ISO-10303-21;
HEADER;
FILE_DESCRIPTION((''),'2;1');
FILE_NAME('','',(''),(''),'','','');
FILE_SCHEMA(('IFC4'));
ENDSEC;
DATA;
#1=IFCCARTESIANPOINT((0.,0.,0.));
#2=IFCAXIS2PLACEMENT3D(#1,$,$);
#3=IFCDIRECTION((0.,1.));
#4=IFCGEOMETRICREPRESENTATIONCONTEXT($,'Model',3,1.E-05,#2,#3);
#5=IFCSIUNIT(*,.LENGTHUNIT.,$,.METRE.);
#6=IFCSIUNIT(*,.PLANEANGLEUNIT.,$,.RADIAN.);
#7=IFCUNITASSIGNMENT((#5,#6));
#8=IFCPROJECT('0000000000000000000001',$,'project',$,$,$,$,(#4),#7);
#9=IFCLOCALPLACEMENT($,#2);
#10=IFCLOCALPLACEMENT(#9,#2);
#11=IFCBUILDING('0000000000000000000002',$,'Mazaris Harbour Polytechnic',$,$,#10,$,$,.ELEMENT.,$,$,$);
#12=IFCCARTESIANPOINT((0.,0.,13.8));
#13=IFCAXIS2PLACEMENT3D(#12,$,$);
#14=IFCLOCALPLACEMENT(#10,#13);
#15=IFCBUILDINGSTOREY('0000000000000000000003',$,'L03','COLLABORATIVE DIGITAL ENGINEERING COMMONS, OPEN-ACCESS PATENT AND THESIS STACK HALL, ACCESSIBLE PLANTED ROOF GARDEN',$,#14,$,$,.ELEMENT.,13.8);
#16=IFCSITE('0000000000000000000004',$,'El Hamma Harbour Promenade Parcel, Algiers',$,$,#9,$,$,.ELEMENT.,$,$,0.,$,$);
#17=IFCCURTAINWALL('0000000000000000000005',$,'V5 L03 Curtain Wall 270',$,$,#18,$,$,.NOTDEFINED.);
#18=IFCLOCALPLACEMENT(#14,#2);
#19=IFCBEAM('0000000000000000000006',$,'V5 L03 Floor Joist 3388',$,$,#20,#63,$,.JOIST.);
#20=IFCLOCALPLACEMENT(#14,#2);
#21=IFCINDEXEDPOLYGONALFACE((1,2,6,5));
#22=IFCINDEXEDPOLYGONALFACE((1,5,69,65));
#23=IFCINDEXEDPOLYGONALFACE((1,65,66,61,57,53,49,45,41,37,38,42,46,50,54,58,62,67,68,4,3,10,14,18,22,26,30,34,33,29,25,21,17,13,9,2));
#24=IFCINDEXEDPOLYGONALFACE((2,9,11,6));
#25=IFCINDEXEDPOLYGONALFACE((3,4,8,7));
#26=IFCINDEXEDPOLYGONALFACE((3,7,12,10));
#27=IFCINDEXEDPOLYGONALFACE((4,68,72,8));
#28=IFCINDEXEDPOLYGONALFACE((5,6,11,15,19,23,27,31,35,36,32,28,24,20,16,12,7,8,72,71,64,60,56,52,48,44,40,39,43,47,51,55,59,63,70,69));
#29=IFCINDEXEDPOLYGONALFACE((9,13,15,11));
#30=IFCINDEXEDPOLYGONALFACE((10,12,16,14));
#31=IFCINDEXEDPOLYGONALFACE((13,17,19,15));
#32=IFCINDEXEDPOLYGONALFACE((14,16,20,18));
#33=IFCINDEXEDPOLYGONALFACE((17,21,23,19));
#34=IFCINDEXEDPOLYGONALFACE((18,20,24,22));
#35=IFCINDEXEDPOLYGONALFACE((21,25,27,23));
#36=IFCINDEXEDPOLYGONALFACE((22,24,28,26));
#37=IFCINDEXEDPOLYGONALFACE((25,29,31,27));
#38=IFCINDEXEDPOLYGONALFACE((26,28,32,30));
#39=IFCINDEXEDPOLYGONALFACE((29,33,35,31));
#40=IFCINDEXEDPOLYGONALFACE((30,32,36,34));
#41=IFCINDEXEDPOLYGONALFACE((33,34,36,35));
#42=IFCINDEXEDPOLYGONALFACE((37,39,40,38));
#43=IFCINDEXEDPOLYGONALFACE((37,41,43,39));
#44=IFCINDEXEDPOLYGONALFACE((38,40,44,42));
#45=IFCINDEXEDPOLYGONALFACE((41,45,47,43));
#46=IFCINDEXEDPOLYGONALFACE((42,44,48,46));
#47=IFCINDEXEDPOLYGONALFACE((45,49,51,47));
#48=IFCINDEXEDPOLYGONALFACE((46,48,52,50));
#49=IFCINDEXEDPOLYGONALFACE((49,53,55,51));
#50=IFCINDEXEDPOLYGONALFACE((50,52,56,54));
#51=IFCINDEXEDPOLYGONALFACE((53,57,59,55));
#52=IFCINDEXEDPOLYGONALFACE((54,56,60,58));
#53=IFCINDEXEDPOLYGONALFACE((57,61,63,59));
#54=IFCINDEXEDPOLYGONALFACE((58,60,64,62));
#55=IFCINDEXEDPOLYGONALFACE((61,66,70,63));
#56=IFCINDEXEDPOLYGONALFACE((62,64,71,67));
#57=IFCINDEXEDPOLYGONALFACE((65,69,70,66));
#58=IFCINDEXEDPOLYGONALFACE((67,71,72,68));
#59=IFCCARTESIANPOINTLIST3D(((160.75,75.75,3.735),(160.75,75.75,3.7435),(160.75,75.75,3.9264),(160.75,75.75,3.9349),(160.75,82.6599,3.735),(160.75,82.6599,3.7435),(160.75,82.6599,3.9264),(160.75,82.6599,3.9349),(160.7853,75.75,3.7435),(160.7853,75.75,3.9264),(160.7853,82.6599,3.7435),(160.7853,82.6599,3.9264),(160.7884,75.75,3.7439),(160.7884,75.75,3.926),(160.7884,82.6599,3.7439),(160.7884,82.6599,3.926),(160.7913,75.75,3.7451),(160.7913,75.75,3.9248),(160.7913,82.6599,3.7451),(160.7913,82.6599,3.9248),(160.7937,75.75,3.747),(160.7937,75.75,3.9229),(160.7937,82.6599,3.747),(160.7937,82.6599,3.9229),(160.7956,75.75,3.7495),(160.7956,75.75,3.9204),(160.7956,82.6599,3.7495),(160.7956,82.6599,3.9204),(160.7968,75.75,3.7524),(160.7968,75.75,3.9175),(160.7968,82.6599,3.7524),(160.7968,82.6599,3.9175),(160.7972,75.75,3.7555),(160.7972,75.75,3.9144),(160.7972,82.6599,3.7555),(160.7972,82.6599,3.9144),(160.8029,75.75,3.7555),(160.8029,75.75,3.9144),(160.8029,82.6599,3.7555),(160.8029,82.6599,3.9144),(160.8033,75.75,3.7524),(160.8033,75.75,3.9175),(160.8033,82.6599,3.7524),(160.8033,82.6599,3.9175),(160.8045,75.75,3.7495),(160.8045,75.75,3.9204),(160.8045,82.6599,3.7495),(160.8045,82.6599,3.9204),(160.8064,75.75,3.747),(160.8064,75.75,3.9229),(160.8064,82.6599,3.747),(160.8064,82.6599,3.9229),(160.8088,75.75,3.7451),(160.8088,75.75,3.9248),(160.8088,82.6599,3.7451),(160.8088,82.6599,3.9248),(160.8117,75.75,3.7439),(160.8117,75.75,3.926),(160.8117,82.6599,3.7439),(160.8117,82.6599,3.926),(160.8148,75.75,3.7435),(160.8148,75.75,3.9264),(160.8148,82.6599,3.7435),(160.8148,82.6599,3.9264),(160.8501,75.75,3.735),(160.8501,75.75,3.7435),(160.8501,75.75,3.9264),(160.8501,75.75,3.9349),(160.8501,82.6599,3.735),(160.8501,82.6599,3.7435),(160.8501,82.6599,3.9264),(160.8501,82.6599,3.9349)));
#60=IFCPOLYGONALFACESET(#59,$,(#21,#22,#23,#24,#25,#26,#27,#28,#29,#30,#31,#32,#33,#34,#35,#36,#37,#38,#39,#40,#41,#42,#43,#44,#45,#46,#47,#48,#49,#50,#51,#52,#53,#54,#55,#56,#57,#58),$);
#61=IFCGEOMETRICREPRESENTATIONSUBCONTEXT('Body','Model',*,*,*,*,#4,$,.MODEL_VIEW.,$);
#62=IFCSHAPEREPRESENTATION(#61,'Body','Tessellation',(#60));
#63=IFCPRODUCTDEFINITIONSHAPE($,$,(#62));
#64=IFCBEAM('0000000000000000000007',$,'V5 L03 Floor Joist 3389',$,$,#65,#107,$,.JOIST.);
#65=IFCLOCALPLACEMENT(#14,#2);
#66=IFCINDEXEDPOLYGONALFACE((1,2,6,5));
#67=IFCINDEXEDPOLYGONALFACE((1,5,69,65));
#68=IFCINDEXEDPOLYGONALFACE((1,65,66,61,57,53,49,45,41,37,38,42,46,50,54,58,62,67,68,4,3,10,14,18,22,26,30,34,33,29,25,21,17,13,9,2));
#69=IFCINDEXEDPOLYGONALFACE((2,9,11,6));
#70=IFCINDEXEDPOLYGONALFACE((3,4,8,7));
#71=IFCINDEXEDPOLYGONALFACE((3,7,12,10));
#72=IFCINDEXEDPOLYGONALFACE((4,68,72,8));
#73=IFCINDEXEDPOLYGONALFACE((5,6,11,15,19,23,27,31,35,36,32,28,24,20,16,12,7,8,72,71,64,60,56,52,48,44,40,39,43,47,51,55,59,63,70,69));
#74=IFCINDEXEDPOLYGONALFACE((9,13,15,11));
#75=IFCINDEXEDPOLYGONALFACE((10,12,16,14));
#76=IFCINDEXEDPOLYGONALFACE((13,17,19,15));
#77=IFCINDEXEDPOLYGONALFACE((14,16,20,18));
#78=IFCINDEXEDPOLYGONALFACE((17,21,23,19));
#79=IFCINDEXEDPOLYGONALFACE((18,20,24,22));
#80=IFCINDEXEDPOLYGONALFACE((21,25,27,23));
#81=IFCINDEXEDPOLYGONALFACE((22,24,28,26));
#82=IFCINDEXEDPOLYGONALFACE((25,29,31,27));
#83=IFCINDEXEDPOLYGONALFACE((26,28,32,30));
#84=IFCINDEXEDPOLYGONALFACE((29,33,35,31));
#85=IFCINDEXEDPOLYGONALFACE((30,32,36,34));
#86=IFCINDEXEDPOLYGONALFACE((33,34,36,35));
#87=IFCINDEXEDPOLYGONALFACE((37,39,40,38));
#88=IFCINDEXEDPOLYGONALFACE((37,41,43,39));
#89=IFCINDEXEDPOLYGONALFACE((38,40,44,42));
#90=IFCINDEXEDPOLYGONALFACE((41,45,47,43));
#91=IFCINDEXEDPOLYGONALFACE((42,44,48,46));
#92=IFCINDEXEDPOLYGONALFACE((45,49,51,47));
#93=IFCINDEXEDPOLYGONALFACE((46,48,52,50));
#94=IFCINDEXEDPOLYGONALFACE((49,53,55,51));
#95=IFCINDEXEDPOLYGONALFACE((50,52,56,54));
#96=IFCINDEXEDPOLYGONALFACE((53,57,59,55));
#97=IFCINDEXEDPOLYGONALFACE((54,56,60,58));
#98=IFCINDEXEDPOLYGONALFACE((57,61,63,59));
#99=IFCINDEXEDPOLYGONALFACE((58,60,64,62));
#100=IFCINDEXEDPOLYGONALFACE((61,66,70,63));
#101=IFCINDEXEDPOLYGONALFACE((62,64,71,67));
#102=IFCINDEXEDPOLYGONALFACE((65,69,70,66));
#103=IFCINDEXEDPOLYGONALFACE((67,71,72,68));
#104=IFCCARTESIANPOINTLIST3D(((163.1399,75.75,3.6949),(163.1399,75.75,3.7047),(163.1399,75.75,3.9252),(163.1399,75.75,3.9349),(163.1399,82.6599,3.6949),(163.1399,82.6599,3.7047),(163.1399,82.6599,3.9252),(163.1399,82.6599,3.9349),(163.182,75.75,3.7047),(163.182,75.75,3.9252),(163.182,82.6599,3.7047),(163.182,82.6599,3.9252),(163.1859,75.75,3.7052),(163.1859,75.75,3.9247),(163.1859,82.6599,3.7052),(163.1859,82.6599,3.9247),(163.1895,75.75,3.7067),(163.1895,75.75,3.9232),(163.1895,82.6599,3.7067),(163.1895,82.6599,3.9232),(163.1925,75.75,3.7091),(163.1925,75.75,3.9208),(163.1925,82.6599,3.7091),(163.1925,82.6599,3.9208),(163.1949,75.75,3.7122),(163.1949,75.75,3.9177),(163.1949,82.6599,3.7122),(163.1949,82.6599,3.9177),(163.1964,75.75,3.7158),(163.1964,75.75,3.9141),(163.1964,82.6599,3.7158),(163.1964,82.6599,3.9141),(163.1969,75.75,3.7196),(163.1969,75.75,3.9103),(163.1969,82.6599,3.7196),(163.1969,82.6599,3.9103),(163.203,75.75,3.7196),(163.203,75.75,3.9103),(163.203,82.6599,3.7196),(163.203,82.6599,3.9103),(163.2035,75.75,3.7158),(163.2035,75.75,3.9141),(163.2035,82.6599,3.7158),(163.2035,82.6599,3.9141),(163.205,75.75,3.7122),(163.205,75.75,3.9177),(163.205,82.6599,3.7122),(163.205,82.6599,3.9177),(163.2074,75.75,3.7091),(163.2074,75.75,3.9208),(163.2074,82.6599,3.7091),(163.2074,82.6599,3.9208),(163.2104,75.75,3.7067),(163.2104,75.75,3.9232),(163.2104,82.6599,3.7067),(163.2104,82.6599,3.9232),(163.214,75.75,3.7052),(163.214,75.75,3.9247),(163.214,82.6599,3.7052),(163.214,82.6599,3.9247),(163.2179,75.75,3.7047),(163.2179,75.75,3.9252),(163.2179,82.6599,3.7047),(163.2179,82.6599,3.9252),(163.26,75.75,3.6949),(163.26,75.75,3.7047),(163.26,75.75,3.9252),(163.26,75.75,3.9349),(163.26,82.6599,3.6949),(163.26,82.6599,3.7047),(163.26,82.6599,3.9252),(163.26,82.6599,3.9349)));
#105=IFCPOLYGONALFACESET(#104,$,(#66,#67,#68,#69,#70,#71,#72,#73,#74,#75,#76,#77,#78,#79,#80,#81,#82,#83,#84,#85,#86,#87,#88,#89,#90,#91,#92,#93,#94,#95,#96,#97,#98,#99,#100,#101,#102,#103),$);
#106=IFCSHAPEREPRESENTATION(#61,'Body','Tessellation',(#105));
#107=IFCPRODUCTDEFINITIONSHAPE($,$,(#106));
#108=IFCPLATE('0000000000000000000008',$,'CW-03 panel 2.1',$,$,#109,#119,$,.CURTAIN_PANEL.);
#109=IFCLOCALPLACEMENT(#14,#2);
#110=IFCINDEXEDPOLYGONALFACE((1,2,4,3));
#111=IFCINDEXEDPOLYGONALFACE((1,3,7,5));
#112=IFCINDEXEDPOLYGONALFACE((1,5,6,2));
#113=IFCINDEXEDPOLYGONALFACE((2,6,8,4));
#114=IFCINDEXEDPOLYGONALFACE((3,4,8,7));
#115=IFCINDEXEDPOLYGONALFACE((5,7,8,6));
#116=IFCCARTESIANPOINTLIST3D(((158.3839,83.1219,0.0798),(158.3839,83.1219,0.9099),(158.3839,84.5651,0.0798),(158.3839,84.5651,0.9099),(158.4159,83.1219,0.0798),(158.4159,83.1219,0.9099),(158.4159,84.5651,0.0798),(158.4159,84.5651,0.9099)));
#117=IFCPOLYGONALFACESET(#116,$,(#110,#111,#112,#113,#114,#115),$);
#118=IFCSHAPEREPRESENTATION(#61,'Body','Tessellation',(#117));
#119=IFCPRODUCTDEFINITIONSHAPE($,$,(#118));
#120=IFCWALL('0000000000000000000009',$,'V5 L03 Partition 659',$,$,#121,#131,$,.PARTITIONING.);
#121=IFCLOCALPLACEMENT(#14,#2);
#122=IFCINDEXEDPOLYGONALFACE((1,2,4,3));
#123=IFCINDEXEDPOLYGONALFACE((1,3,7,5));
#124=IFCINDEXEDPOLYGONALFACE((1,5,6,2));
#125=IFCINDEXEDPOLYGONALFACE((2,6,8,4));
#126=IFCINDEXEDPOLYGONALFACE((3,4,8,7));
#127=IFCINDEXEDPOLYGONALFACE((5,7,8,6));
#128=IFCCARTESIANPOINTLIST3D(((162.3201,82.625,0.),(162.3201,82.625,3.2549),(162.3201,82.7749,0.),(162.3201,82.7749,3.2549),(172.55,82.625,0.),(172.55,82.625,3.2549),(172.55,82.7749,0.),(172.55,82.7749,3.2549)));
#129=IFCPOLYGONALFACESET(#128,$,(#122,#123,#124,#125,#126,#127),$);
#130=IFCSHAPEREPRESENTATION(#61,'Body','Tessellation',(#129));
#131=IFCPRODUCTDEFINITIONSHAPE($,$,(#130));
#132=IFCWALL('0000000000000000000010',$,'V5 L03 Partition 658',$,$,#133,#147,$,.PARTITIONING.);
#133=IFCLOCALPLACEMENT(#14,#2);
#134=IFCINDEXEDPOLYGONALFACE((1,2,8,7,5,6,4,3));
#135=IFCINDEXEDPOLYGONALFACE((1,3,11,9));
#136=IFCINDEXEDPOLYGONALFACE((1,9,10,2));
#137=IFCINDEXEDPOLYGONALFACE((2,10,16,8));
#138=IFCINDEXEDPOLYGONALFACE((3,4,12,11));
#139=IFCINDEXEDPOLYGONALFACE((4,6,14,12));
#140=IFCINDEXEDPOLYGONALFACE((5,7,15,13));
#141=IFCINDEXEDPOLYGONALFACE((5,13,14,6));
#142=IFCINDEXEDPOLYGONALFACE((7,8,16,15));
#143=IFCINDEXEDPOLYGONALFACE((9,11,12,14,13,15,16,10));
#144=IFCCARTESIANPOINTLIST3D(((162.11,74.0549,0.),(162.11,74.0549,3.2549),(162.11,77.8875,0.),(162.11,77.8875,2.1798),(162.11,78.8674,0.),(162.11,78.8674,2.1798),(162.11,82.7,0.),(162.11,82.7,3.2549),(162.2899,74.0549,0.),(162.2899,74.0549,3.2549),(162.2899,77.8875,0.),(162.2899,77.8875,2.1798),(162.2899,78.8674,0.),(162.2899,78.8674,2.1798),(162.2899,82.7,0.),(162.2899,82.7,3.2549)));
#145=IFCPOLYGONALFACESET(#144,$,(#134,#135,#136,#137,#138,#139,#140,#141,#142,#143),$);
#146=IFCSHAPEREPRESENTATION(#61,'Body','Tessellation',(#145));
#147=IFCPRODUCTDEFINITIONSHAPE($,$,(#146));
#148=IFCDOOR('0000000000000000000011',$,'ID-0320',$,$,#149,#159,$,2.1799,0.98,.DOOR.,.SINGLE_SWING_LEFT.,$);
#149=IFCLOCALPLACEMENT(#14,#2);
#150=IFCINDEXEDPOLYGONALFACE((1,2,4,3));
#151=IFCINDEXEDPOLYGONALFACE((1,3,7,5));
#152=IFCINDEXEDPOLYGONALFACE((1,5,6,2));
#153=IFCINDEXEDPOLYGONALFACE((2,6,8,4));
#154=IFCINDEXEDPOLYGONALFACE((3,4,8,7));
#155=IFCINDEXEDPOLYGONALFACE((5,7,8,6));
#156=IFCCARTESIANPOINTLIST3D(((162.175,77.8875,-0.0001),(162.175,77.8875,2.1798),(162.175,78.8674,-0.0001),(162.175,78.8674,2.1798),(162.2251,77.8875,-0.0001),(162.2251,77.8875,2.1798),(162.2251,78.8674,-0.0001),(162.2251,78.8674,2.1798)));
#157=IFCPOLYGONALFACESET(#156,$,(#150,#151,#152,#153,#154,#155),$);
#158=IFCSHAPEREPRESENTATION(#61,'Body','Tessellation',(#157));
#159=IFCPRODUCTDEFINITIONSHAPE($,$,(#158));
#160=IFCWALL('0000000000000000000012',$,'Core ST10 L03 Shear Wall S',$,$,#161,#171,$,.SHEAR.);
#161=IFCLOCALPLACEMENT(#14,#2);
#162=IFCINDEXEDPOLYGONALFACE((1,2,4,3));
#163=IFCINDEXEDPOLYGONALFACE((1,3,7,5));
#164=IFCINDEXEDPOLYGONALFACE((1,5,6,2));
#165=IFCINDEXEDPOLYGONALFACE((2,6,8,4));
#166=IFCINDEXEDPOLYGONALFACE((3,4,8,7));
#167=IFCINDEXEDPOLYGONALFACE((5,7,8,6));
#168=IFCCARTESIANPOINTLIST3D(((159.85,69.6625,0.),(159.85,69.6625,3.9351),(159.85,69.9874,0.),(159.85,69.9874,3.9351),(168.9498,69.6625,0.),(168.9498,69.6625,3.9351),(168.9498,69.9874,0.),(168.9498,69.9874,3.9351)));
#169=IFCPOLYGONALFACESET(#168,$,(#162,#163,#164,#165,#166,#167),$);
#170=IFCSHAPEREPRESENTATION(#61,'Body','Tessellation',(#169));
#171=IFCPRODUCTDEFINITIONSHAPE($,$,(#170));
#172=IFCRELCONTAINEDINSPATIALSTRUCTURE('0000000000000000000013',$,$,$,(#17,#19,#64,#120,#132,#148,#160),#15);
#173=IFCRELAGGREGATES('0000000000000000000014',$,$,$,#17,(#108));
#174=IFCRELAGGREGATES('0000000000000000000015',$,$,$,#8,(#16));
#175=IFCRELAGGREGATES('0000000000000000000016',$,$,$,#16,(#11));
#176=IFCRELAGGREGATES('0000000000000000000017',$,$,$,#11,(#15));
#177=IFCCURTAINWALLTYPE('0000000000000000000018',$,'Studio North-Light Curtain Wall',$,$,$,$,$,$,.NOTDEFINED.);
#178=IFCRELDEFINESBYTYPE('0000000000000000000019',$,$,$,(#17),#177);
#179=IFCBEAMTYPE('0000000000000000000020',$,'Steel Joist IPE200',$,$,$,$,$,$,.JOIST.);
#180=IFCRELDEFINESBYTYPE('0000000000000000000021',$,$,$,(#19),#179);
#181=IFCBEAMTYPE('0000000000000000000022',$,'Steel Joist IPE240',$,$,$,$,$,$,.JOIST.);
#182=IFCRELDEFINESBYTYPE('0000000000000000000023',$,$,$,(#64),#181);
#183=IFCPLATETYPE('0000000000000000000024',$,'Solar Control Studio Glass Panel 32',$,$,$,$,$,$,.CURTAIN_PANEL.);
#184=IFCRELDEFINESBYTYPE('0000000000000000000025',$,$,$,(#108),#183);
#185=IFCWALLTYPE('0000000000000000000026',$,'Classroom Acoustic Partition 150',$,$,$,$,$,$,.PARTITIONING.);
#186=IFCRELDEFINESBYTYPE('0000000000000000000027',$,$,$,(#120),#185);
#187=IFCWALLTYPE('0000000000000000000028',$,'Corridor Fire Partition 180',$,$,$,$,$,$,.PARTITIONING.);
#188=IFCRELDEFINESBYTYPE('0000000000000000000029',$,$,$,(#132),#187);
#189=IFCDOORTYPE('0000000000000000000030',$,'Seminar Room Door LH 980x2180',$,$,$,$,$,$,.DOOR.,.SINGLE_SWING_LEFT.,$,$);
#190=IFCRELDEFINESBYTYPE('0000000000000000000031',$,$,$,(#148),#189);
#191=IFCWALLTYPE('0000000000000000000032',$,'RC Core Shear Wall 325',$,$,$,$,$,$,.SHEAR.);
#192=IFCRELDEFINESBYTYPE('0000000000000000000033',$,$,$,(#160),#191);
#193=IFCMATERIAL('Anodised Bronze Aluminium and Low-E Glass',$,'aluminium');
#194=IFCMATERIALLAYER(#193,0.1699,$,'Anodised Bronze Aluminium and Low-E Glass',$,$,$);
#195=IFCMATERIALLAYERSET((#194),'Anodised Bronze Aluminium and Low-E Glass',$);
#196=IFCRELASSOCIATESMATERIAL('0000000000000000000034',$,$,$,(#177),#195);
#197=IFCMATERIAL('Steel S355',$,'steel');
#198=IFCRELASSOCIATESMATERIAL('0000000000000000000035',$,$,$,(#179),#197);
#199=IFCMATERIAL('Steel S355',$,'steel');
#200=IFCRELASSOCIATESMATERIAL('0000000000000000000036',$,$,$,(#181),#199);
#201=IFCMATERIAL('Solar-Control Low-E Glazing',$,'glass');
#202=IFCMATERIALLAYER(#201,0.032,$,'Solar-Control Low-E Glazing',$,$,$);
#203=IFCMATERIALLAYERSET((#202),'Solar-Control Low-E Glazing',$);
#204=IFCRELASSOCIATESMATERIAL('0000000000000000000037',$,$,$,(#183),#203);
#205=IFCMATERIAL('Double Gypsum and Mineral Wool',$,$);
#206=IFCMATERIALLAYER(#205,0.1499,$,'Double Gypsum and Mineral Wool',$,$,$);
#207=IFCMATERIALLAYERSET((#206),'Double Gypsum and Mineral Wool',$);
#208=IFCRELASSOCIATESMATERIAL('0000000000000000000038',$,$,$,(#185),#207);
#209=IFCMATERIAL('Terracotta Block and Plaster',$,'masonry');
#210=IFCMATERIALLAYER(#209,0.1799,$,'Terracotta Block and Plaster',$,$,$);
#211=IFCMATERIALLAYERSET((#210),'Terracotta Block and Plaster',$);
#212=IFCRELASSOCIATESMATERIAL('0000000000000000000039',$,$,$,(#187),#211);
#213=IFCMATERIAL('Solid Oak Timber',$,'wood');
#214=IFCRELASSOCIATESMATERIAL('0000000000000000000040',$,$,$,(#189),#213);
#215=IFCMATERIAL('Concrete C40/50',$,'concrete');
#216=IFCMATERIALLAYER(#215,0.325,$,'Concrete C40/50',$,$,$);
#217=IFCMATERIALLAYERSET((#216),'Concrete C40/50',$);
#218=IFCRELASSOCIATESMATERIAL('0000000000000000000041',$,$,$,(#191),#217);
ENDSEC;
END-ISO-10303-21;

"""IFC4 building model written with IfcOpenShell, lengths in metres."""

from ifc_helpers import new_model, si_unit, direction, frame, frame_2d, origin, origin_2d, place, context, subcontext, project, spatial, rectangle, i_section, extrude, material, layer, layer_set, material_profile, profile_set, type_object, element, fill, aggregate, save


model = new_model("IFC4")

# Units and contexts
model_context = context("Model", 3, precision=1e-05, world=origin(), true_north=direction((0.0, 1.0)))
body_context = subcontext(model_context, "Body", "Model", "MODEL_VIEW")
ifc_project = project(units=[si_unit("LENGTHUNIT", "METRE"), si_unit("PLANEANGLEUNIT", "RADIAN")], contexts=[model_context])

# Site, building, storey
site_placement = place(None, origin())
site = spatial("IfcSite", under=ifc_project, at=site_placement, Name="El Hamma Harbour Promenade Parcel, Algiers", CompositionType="ELEMENT", RefElevation=0.0)
building_placement = place(site_placement, origin())
building = spatial("IfcBuilding", under=site, at=building_placement, Name="Mazaris Harbour Polytechnic", CompositionType="ELEMENT")
storey_placement = place(building_placement, frame((0.0, 0.0, 13.8)))
storey = spatial("IfcBuildingStorey", under=building, at=storey_placement, Name="L03", Description="COLLABORATIVE DIGITAL ENGINEERING COMMONS, OPEN-ACCESS PATENT AND THESIS STACK HALL, ACCESSIBLE PLANTED ROOF GARDEN", CompositionType="ELEMENT", Elevation=13.8)

# Curtain wall
ifc_material_1 = material(Name="Anodised Bronze Aluminium and Low-E Glass", Category="aluminium")
ifc_layer_1 = layer(ifc_material_1, 0.1699, Name="Anodised Bronze Aluminium and Low-E Glass")
ifc_layer_set_1 = layer_set([ifc_layer_1], Name="Anodised Bronze Aluminium and Low-E Glass")
curtain_wall_type = type_object("IfcCurtainWallType", Name="Studio North-Light Curtain Wall", PredefinedType="NOTDEFINED", material=ifc_layer_set_1)
curtain_wall_placement = place(storey_placement, origin())
curtain_wall = element("IfcCurtainWall", 1, at=curtain_wall_placement, inside=storey, type_object=curtain_wall_type, Name="V5 L03 Curtain Wall 270", PredefinedType="NOTDEFINED")

# Beams
ifc_material_2 = material(Name="Steel S355", Category="steel")
ifc_material_profile_1 = material_profile(ifc_material_2, i_section(OverallWidth=0.1001, OverallDepth=0.2, WebThickness=0.0056, FlangeThickness=0.0085, FilletRadius=0.012, at=origin_2d()), Name="IPE 200")
ifc_profile_set_1 = profile_set([ifc_material_profile_1], Name="Steel S355")
beam_type_1 = type_object("IfcBeamType", Name="Steel Joist IPE200", PredefinedType="JOIST", material=ifc_profile_set_1)
beam_1_placement = place(storey_placement, frame((160.8, 75.75, 3.835), z_axis=(0.0, 1.0, 0.0), x_axis=(-1.0, 0.0, 0.0)))
element("IfcBeam", 2, at=beam_1_placement, inside=storey, type_object=beam_type_1, Name="V5 L03 Floor Joist 3388", PredefinedType="JOIST", context=body_context, shape_type="SweptSolid", body=[
    extrude(i_section(OverallWidth=0.1001, OverallDepth=0.2, WebThickness=0.0056, FlangeThickness=0.0085, FilletRadius=0.012, at=origin_2d()), origin(), (0.0, 0.0, 1.0), 6.9099),
])
ifc_material_3 = material(Name="Steel S355", Category="steel")
ifc_material_profile_2 = material_profile(ifc_material_3, i_section(OverallWidth=0.1201, OverallDepth=0.24, WebThickness=0.0061, FlangeThickness=0.0098, FilletRadius=0.0149, at=origin_2d()), Name="IPE 240")
ifc_profile_set_2 = profile_set([ifc_material_profile_2], Name="Steel S355")
beam_type_2 = type_object("IfcBeamType", Name="Steel Joist IPE240", PredefinedType="JOIST", material=ifc_profile_set_2)
beam_2_placement = place(storey_placement, frame((163.2, 75.75, 3.8149), z_axis=(0.0, 1.0, 0.0), x_axis=(-1.0, 0.0, 0.0)))
element("IfcBeam", 3, at=beam_2_placement, inside=storey, type_object=beam_type_2, Name="V5 L03 Floor Joist 3389", PredefinedType="JOIST", context=body_context, shape_type="SweptSolid", body=[
    extrude(i_section(OverallWidth=0.1201, OverallDepth=0.24, WebThickness=0.0061, FlangeThickness=0.0098, FilletRadius=0.0149, at=origin_2d()), origin(), (0.0, 0.0, 1.0), 6.9099),
])

# Plate
ifc_material_4 = material(Name="Solar-Control Low-E Glazing", Category="glass")
ifc_layer_2 = layer(ifc_material_4, 0.032, Name="Solar-Control Low-E Glazing")
ifc_layer_set_2 = layer_set([ifc_layer_2], Name="Solar-Control Low-E Glazing")
plate_type = type_object("IfcPlateType", Name="Solar Control Studio Glass Panel 32", PredefinedType="CURTAIN_PANEL", material=ifc_layer_set_2)
plate_placement = place(storey_placement, frame((158.3999, 83.8435, 0.0798), z_axis=(0.0, 0.0, 1.0), x_axis=(0.0, -1.0, 0.0)))
plate = element("IfcPlate", 4, at=plate_placement, type_object=plate_type, Name="CW-03 panel 2.1", PredefinedType="CURTAIN_PANEL", context=body_context, shape_type="SweptSolid", body=[
    extrude(rectangle(XDim=1.4431, YDim=0.032, at=origin_2d()), origin(), (0.0, 0.0, 1.0), 0.8301),
])
aggregate(curtain_wall, [plate])

# Wall
ifc_material_5 = material(Name="Double Gypsum and Mineral Wool")
ifc_layer_3 = layer(ifc_material_5, 0.1499, Name="Double Gypsum and Mineral Wool")
ifc_layer_set_3 = layer_set([ifc_layer_3], Name="Double Gypsum and Mineral Wool")
wall_type_1 = type_object("IfcWallType", Name="Classroom Acoustic Partition 150", PredefinedType="PARTITIONING", material=ifc_layer_set_3)
wall_1_placement = place(storey_placement, frame((162.3201, 82.7, 0.0), z_axis=(0.0, 0.0, 1.0), x_axis=(1.0, 0.0, 0.0)))
element("IfcWall", 5, at=wall_1_placement, inside=storey, type_object=wall_type_1, Name="V5 L03 Partition 659", PredefinedType="PARTITIONING", context=body_context, shape_type="SweptSolid", body=[
    extrude(rectangle(XDim=10.23, YDim=0.1499, at=frame_2d((5.115, 0.0))), origin(), (0.0, 0.0, 1.0), 3.2549),
])

# Wall, opening, door
ifc_material_6 = material(Name="Terracotta Block and Plaster", Category="masonry")
ifc_layer_4 = layer(ifc_material_6, 0.1799, Name="Terracotta Block and Plaster")
ifc_layer_set_4 = layer_set([ifc_layer_4], Name="Terracotta Block and Plaster")
wall_type_2 = type_object("IfcWallType", Name="Corridor Fire Partition 180", PredefinedType="PARTITIONING", material=ifc_layer_set_4)
wall_2_placement = place(storey_placement, frame((162.2, 74.0549, 0.0), z_axis=(0.0, 0.0, 1.0), x_axis=(0.0, 1.0, 0.0)))
wall_2 = element("IfcWall", 6, at=wall_2_placement, inside=storey, type_object=wall_type_2, Name="V5 L03 Partition 658", PredefinedType="PARTITIONING", context=body_context, shape_type="SweptSolid", body=[
    extrude(rectangle(XDim=8.645, YDim=0.1799, at=frame_2d((4.3225, 0.0))), origin(), (0.0, 0.0, 1.0), 3.2549),
])
opening_1_placement = place(wall_2_placement, frame((3.8325, 0.0, 0.0)))
opening_1 = element("IfcOpeningElement", 7, at=opening_1_placement, cuts=wall_2, PredefinedType="OPENING", context=body_context, shape_type="SweptSolid", body=[
    extrude(rectangle(XDim=0.98, YDim=2.1799, at=frame_2d((0.49, 1.0898))), frame((0.0, 0.0999, 0.0), z_axis=(0.0, -1.0, 0.0), x_axis=(1.0, 0.0, 0.0)), (0.0, 0.0, 1.0), 0.2),
])
ifc_material_7 = material(Name="Solid Oak Timber", Category="wood")
door_type_1 = type_object("IfcDoorType", Name="Seminar Room Door LH 980x2180", OperationType="SINGLE_SWING_LEFT", PredefinedType="DOOR", material=ifc_material_7)
door_1_placement = place(opening_1_placement, origin())
door_1 = element("IfcDoor", 8, at=door_1_placement, inside=storey, type_object=door_type_1, Name="ID-0320", OperationType="SINGLE_SWING_LEFT", OverallHeight=2.1799, OverallWidth=0.98, PredefinedType="DOOR", context=body_context, shape_type="SweptSolid", body=[
    extrude(rectangle(XDim=0.98, YDim=2.1799, at=frame_2d((0.49, 1.0898))), frame((0.0, 0.0249, 0.0), z_axis=(0.0, -1.0, 0.0), x_axis=(1.0, 0.0, 0.0)), (0.0, 0.0, 1.0), 0.05),
])
fill(opening_1, door_1)

# Wall
ifc_material_8 = material(Name="Concrete C40/50", Category="concrete")
ifc_layer_5 = layer(ifc_material_8, 0.325, Name="Concrete C40/50")
ifc_layer_set_5 = layer_set([ifc_layer_5], Name="Concrete C40/50")
wall_type_3 = type_object("IfcWallType", Name="RC Core Shear Wall 325", PredefinedType="SHEAR", material=ifc_layer_set_5)
wall_3_placement = place(storey_placement, frame((159.8501, 69.825, 0.0), z_axis=(0.0, 0.0, 1.0), x_axis=(1.0, 0.0, 0.0)))
element("IfcWall", 9, at=wall_3_placement, inside=storey, type_object=wall_type_3, Name="Core ST10 L03 Shear Wall S", PredefinedType="SHEAR", context=body_context, shape_type="SweptSolid", body=[
    extrude(rectangle(XDim=9.0999, YDim=0.325, at=frame_2d((4.5498, 0.0))), origin(), (0.0, 0.0, 1.0), 3.9351),
])

save(model, "model.ifc")
